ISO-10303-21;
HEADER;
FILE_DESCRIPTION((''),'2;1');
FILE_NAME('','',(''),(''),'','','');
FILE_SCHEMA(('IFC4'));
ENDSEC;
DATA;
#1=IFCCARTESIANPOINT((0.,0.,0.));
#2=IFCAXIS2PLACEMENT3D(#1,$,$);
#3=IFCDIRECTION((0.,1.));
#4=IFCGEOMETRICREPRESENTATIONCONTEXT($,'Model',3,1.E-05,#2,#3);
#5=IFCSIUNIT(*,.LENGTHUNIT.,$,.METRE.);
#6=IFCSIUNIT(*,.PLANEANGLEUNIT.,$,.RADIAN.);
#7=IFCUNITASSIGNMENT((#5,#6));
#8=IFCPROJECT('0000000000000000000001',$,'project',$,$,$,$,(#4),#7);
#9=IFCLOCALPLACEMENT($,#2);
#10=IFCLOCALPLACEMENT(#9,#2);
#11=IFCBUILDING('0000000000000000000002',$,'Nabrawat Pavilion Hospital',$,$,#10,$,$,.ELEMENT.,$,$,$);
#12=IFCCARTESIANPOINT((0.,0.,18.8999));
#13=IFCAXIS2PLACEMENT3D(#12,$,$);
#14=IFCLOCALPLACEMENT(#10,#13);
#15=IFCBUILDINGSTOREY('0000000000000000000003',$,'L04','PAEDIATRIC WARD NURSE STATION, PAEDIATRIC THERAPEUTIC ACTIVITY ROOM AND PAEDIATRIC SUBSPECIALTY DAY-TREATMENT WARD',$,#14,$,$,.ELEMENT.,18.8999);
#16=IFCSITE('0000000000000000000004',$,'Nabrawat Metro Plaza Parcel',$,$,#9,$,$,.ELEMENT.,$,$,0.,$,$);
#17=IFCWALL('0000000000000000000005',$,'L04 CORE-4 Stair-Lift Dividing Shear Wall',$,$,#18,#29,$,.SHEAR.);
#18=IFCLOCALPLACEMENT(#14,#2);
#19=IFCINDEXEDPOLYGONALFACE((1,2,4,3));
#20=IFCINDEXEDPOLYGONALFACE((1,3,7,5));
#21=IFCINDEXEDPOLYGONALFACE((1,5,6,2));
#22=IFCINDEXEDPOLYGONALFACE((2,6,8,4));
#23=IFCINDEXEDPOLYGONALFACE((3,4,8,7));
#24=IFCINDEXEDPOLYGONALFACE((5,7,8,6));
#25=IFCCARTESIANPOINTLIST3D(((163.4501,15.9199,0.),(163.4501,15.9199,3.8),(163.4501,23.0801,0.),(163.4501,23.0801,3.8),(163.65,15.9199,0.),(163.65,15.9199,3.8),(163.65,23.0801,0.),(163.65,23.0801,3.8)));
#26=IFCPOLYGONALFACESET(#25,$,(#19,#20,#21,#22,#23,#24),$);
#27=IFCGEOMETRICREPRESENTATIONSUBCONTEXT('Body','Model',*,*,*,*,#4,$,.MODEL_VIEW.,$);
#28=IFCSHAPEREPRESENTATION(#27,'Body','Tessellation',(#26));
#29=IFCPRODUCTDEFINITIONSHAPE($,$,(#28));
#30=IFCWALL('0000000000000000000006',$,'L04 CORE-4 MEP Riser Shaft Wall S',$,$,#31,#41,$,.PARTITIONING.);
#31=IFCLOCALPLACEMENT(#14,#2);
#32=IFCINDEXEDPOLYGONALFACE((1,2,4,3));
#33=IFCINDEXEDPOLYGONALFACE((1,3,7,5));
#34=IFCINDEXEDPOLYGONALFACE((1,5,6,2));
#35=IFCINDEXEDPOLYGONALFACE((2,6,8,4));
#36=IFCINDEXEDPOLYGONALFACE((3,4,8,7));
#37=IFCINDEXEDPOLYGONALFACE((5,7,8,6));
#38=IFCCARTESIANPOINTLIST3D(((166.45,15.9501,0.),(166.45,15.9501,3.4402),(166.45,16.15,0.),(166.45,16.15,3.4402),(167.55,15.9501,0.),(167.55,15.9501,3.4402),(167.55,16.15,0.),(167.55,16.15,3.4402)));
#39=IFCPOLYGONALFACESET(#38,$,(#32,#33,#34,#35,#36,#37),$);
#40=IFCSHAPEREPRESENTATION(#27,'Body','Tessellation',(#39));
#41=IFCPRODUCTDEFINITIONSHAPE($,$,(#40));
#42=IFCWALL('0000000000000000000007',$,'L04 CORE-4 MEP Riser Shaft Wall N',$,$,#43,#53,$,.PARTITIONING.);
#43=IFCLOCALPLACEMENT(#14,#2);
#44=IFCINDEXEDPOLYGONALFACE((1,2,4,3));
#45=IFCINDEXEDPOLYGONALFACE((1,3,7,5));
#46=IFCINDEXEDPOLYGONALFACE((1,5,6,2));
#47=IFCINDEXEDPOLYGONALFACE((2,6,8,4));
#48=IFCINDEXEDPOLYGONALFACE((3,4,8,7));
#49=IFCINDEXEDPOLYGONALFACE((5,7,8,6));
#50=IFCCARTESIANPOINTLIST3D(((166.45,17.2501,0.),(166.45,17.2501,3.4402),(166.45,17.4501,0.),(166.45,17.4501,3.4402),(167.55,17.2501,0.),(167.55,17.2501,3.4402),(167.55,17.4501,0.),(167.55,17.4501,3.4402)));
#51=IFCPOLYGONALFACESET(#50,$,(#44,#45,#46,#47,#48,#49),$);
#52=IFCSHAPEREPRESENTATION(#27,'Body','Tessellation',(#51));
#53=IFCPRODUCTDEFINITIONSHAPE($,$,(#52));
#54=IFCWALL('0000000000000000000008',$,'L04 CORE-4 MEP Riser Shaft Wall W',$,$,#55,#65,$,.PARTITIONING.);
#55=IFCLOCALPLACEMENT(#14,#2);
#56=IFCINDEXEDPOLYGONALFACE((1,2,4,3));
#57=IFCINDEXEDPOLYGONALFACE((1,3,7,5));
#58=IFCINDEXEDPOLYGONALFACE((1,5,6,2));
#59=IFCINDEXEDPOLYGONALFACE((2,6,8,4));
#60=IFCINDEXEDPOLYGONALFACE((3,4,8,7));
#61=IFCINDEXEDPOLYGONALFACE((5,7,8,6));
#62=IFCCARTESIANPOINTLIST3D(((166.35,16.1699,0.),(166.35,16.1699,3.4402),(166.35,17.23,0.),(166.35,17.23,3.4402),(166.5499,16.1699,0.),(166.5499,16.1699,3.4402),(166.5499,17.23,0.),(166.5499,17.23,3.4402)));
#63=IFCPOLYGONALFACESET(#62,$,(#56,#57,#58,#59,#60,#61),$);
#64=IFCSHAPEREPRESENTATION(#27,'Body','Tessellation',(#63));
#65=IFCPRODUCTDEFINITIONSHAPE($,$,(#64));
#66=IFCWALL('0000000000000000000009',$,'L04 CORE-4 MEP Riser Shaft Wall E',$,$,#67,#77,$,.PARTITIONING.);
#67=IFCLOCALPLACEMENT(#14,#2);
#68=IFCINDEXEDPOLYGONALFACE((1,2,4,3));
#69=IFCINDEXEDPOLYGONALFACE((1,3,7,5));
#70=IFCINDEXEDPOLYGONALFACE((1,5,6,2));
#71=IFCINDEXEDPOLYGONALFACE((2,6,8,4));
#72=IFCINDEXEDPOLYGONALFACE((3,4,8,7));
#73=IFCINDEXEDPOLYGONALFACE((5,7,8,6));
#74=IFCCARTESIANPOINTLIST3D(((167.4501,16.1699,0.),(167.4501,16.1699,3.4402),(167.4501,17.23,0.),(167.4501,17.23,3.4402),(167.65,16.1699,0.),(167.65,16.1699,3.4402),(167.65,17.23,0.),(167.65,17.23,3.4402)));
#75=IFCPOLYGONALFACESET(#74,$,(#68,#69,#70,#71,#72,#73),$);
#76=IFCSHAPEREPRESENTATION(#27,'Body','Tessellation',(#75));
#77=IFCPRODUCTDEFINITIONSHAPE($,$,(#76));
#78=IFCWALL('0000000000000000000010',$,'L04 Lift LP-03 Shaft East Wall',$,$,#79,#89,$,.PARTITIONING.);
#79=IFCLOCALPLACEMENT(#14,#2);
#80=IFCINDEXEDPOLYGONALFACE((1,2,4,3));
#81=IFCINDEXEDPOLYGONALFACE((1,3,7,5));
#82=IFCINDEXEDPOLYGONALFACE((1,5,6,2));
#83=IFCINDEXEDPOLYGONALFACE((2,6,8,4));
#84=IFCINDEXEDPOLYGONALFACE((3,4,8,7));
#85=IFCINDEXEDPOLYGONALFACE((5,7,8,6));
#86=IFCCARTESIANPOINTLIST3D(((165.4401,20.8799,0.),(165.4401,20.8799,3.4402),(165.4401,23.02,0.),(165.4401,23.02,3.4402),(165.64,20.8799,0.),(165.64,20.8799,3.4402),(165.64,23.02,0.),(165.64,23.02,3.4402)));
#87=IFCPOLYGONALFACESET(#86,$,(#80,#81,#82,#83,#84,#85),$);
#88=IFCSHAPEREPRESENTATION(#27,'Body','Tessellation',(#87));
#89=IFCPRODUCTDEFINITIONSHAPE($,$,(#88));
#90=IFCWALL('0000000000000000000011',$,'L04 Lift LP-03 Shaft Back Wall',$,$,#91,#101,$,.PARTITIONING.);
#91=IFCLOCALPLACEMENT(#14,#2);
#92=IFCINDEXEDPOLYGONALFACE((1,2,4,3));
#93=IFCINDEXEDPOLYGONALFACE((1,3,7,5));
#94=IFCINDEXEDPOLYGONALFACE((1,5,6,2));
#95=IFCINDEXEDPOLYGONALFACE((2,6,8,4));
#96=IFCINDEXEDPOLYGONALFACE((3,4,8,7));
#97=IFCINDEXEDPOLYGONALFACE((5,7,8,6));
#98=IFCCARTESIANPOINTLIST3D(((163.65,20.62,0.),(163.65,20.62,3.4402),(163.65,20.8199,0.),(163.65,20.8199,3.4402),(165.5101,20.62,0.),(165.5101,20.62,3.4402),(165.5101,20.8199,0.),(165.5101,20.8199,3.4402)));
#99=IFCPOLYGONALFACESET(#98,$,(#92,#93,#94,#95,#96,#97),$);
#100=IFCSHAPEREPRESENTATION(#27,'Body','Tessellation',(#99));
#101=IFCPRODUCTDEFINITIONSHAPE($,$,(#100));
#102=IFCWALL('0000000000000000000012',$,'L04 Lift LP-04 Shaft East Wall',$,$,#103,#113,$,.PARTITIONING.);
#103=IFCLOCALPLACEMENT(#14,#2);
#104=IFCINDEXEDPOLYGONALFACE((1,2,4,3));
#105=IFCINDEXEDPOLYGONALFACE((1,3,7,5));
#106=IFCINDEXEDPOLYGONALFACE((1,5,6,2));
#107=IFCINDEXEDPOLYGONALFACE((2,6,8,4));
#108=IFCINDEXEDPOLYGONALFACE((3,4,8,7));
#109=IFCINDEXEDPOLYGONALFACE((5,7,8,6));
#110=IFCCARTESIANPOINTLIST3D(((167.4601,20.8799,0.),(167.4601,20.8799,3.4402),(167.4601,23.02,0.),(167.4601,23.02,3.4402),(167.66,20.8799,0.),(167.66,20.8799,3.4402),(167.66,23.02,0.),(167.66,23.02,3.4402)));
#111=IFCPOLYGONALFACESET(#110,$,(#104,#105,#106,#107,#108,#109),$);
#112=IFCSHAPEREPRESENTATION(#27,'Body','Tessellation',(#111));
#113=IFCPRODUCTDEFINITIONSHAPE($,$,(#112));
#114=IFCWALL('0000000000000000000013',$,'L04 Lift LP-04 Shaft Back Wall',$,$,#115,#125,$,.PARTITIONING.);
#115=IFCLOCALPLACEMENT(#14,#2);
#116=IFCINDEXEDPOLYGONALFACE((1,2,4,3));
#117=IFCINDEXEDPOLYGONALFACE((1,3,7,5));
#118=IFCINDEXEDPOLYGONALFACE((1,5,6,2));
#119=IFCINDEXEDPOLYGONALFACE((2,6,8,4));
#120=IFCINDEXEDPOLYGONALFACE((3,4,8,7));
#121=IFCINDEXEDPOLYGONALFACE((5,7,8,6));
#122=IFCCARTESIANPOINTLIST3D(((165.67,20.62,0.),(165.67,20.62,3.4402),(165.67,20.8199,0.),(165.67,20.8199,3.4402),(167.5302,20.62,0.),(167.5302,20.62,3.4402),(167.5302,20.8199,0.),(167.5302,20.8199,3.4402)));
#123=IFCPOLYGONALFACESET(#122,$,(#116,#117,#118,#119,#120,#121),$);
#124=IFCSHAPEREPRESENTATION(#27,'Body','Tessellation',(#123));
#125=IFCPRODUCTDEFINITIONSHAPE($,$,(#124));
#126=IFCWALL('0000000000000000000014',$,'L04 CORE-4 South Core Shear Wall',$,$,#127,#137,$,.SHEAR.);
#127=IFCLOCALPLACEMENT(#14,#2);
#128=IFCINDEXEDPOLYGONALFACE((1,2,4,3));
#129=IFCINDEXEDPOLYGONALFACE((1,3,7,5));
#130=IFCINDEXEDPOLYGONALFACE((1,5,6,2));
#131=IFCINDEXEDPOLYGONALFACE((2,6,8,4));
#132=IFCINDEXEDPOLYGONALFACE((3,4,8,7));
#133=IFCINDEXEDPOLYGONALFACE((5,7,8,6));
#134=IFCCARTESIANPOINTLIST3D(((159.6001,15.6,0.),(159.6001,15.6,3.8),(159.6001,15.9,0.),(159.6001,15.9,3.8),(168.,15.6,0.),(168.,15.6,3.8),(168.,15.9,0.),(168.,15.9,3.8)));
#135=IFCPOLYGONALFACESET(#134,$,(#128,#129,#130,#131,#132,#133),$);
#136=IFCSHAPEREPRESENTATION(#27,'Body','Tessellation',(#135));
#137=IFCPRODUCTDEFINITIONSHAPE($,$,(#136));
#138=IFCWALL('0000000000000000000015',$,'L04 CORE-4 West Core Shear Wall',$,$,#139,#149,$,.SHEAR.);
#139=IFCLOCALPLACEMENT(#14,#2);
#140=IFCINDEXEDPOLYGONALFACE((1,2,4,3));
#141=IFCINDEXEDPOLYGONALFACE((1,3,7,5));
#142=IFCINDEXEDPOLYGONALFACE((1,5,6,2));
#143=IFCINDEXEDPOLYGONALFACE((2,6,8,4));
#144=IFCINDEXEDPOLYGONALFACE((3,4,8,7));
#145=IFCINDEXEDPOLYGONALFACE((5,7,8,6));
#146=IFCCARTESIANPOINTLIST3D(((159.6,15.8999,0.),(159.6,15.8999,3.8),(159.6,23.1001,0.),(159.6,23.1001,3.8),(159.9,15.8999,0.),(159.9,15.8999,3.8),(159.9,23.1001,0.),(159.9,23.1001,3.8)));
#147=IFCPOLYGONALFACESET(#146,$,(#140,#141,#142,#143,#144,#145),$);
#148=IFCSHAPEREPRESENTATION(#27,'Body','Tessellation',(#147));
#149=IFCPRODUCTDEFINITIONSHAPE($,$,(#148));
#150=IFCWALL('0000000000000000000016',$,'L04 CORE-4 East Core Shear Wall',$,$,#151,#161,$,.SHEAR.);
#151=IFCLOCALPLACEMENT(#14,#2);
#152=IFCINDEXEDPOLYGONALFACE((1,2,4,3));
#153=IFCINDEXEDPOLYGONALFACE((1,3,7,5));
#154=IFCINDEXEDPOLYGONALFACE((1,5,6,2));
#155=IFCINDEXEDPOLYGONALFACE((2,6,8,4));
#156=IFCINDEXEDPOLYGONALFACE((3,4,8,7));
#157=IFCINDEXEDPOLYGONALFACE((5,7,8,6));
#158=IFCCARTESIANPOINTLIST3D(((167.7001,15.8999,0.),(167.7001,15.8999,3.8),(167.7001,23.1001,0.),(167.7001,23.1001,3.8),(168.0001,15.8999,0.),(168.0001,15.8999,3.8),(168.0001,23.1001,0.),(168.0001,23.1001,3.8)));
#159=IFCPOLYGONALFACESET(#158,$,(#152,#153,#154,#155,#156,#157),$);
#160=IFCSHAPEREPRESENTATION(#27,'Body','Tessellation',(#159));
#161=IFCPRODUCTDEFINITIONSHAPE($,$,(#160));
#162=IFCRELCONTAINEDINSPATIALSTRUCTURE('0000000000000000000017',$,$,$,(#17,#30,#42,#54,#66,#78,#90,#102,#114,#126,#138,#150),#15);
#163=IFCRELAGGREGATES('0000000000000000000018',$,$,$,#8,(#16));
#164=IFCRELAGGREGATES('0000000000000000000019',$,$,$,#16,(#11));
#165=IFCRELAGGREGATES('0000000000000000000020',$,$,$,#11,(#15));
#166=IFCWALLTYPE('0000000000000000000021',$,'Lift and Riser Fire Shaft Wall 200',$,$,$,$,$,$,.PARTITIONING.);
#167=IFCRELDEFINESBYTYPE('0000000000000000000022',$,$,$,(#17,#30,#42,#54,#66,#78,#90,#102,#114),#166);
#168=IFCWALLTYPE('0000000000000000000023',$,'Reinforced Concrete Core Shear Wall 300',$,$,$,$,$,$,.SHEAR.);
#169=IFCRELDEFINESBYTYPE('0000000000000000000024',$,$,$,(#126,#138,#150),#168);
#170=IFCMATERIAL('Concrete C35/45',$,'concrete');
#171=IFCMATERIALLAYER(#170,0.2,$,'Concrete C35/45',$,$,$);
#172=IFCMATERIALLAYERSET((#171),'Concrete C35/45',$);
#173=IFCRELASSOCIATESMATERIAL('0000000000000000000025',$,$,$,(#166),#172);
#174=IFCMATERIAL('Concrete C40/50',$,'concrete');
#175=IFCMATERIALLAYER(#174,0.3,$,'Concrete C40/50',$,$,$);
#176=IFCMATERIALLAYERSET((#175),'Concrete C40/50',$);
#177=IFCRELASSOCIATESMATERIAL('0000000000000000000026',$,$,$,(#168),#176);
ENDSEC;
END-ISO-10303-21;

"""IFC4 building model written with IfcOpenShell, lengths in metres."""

from ifc_helpers import new_model, si_unit, direction, frame, frame_2d, origin, place, context, subcontext, project, spatial, rectangle, extrude, material, layer, layer_set, type_object, element, save


model = new_model("IFC4")

# Units and contexts
model_context = context("Model", 3, precision=1e-05, world=origin(), true_north=direction((0.0, 1.0)))
body_context = subcontext(model_context, "Body", "Model", "MODEL_VIEW")
ifc_project = project(units=[si_unit("LENGTHUNIT", "METRE"), si_unit("PLANEANGLEUNIT", "RADIAN")], contexts=[model_context])

# Site, building, storey
site_placement = place(None, origin())
site = spatial("IfcSite", under=ifc_project, at=site_placement, Name="Nabrawat Metro Plaza Parcel", CompositionType="ELEMENT", RefElevation=0.0)
building_placement = place(site_placement, origin())
building = spatial("IfcBuilding", under=site, at=building_placement, Name="Nabrawat Pavilion Hospital", CompositionType="ELEMENT")
storey_placement = place(building_placement, frame((0.0, 0.0, 18.8999)))
storey = spatial("IfcBuildingStorey", under=building, at=storey_placement, Name="L04", Description="PAEDIATRIC WARD NURSE STATION, PAEDIATRIC THERAPEUTIC ACTIVITY ROOM AND PAEDIATRIC SUBSPECIALTY DAY-TREATMENT WARD", CompositionType="ELEMENT", Elevation=18.8999)

# Shared definitions
ifc_material_1 = material(Name="Concrete C40/50", Category="concrete")

# Walls
ifc_material_2 = material(Name="Concrete C35/45", Category="concrete")
ifc_layer_1 = layer(ifc_material_2, 0.2, Name="Concrete C35/45")
ifc_layer_set_1 = layer_set([ifc_layer_1], Name="Concrete C35/45")
wall_type_1 = type_object("IfcWallType", Name="Lift and Riser Fire Shaft Wall 200", PredefinedType="PARTITIONING", material=ifc_layer_set_1)
wall_1_placement = place(storey_placement, frame((163.55, 15.9199, 0.0), z_axis=(0.0, 0.0, 1.0), x_axis=(0.0, 1.0, 0.0)))
element("IfcWall", 1, at=wall_1_placement, inside=storey, type_object=wall_type_1, Name="L04 CORE-4 Stair-Lift Dividing Shear Wall", PredefinedType="SHEAR", context=body_context, shape_type="SweptSolid", body=[
    extrude(rectangle(XDim=7.1602, YDim=0.2, at=frame_2d((3.5801, 0.0))), origin(), (0.0, 0.0, 1.0), 3.8),
])
for number, where, z_axis, x_axis, name in (
    (2, (166.45, 16.05, 0.0), (0.0, 0.0, 1.0), (1.0, 0.0, 0.0), "L04 CORE-4 MEP Riser Shaft Wall S"),
    (3, (166.45, 17.3501, 0.0), (0.0, 0.0, 1.0), (1.0, 0.0, 0.0), "L04 CORE-4 MEP Riser Shaft Wall N"),
):
    element("IfcWall", number, at=place(storey_placement, frame(where, z_axis=z_axis, x_axis=x_axis)), inside=storey, type_object=wall_type_1, Name=name, PredefinedType="PARTITIONING", context=body_context, shape_type="SweptSolid", body=[
        extrude(rectangle(XDim=1.1001, YDim=0.2, at=frame_2d((0.55, 0.0))), origin(), (0.0, 0.0, 1.0), 3.4402),
    ])
for number, where, z_axis, x_axis, name in (
    (4, (166.45, 16.1699, 0.0), (0.0, 0.0, 1.0), (0.0, 1.0, 0.0), "L04 CORE-4 MEP Riser Shaft Wall W"),
    (5, (167.55, 16.1699, 0.0), (0.0, 0.0, 1.0), (0.0, 1.0, 0.0), "L04 CORE-4 MEP Riser Shaft Wall E"),
):
    element("IfcWall", number, at=place(storey_placement, frame(where, z_axis=z_axis, x_axis=x_axis)), inside=storey, type_object=wall_type_1, Name=name, PredefinedType="PARTITIONING", context=body_context, shape_type="SweptSolid", body=[
        extrude(rectangle(XDim=1.0601, YDim=0.2, at=frame_2d((0.53, 0.0))), origin(), (0.0, 0.0, 1.0), 3.4402),
    ])
wall_2_placement = place(storey_placement, frame((165.54, 20.8799, 0.0), z_axis=(0.0, 0.0, 1.0), x_axis=(0.0, 1.0, 0.0)))
element("IfcWall", 6, at=wall_2_placement, inside=storey, type_object=wall_type_1, Name="L04 Lift LP-03 Shaft East Wall", PredefinedType="PARTITIONING", context=body_context, shape_type="SweptSolid", body=[
    extrude(rectangle(XDim=2.1401, YDim=0.2, at=frame_2d((1.0701, 0.0))), origin(), (0.0, 0.0, 1.0), 3.4402),
])
wall_3_placement = place(storey_placement, frame((163.6499, 20.72, 0.0), z_axis=(0.0, 0.0, 1.0), x_axis=(1.0, 0.0, 0.0)))
element("IfcWall", 7, at=wall_3_placement, inside=storey, type_object=wall_type_1, Name="L04 Lift LP-03 Shaft Back Wall", PredefinedType="PARTITIONING", context=body_context, shape_type="SweptSolid", body=[
    extrude(rectangle(XDim=1.8601, YDim=0.2, at=frame_2d((0.9302, 0.0))), origin(), (0.0, 0.0, 1.0), 3.4402),
])
wall_4_placement = place(storey_placement, frame((167.5601, 20.8799, 0.0), z_axis=(0.0, 0.0, 1.0), x_axis=(0.0, 1.0, 0.0)))
element("IfcWall", 8, at=wall_4_placement, inside=storey, type_object=wall_type_1, Name="L04 Lift LP-04 Shaft East Wall", PredefinedType="PARTITIONING", context=body_context, shape_type="SweptSolid", body=[
    extrude(rectangle(XDim=2.1401, YDim=0.2, at=frame_2d((1.0701, 0.0))), origin(), (0.0, 0.0, 1.0), 3.4402),
])
wall_5_placement = place(storey_placement, frame((165.6699, 20.72, 0.0), z_axis=(0.0, 0.0, 1.0), x_axis=(1.0, 0.0, 0.0)))
element("IfcWall", 9, at=wall_5_placement, inside=storey, type_object=wall_type_1, Name="L04 Lift LP-04 Shaft Back Wall", PredefinedType="PARTITIONING", context=body_context, shape_type="SweptSolid", body=[
    extrude(rectangle(XDim=1.8601, YDim=0.2, at=frame_2d((0.9302, 0.0))), origin(), (0.0, 0.0, 1.0), 3.4402),
])
ifc_layer_2 = layer(ifc_material_1, 0.3, Name="Concrete C40/50")
ifc_layer_set_2 = layer_set([ifc_layer_2], Name="Concrete C40/50")
wall_type_2 = type_object("IfcWallType", Name="Reinforced Concrete Core Shear Wall 300", PredefinedType="SHEAR", material=ifc_layer_set_2)
wall_6_placement = place(storey_placement, frame((159.6001, 15.75, 0.0), z_axis=(0.0, 0.0, 1.0), x_axis=(1.0, 0.0, 0.0)))
element("IfcWall", 10, at=wall_6_placement, inside=storey, type_object=wall_type_2, Name="L04 CORE-4 South Core Shear Wall", PredefinedType="SHEAR", context=body_context, shape_type="SweptSolid", body=[
    extrude(rectangle(XDim=8.3999, YDim=0.3, at=frame_2d((4.2, 0.0))), origin(), (0.0, 0.0, 1.0), 3.8),
])

# Walls
for number, where, z_axis, x_axis, name in (
    (11, (159.75, 15.8999, 0.0), (0.0, 0.0, 1.0), (0.0, 1.0, 0.0), "L04 CORE-4 West Core Shear Wall"),
    (12, (167.8501, 15.8999, 0.0), (0.0, 0.0, 1.0), (0.0, 1.0, 0.0), "L04 CORE-4 East Core Shear Wall"),
):
    element("IfcWall", number, at=place(storey_placement, frame(where, z_axis=z_axis, x_axis=x_axis)), inside=storey, type_object=wall_type_2, Name=name, PredefinedType="SHEAR", context=body_context, shape_type="SweptSolid", body=[
        extrude(rectangle(XDim=7.2002, YDim=0.3, at=frame_2d((3.6001, 0.0))), origin(), (0.0, 0.0, 1.0), 3.8),
    ])

save(model, "model.ifc")
